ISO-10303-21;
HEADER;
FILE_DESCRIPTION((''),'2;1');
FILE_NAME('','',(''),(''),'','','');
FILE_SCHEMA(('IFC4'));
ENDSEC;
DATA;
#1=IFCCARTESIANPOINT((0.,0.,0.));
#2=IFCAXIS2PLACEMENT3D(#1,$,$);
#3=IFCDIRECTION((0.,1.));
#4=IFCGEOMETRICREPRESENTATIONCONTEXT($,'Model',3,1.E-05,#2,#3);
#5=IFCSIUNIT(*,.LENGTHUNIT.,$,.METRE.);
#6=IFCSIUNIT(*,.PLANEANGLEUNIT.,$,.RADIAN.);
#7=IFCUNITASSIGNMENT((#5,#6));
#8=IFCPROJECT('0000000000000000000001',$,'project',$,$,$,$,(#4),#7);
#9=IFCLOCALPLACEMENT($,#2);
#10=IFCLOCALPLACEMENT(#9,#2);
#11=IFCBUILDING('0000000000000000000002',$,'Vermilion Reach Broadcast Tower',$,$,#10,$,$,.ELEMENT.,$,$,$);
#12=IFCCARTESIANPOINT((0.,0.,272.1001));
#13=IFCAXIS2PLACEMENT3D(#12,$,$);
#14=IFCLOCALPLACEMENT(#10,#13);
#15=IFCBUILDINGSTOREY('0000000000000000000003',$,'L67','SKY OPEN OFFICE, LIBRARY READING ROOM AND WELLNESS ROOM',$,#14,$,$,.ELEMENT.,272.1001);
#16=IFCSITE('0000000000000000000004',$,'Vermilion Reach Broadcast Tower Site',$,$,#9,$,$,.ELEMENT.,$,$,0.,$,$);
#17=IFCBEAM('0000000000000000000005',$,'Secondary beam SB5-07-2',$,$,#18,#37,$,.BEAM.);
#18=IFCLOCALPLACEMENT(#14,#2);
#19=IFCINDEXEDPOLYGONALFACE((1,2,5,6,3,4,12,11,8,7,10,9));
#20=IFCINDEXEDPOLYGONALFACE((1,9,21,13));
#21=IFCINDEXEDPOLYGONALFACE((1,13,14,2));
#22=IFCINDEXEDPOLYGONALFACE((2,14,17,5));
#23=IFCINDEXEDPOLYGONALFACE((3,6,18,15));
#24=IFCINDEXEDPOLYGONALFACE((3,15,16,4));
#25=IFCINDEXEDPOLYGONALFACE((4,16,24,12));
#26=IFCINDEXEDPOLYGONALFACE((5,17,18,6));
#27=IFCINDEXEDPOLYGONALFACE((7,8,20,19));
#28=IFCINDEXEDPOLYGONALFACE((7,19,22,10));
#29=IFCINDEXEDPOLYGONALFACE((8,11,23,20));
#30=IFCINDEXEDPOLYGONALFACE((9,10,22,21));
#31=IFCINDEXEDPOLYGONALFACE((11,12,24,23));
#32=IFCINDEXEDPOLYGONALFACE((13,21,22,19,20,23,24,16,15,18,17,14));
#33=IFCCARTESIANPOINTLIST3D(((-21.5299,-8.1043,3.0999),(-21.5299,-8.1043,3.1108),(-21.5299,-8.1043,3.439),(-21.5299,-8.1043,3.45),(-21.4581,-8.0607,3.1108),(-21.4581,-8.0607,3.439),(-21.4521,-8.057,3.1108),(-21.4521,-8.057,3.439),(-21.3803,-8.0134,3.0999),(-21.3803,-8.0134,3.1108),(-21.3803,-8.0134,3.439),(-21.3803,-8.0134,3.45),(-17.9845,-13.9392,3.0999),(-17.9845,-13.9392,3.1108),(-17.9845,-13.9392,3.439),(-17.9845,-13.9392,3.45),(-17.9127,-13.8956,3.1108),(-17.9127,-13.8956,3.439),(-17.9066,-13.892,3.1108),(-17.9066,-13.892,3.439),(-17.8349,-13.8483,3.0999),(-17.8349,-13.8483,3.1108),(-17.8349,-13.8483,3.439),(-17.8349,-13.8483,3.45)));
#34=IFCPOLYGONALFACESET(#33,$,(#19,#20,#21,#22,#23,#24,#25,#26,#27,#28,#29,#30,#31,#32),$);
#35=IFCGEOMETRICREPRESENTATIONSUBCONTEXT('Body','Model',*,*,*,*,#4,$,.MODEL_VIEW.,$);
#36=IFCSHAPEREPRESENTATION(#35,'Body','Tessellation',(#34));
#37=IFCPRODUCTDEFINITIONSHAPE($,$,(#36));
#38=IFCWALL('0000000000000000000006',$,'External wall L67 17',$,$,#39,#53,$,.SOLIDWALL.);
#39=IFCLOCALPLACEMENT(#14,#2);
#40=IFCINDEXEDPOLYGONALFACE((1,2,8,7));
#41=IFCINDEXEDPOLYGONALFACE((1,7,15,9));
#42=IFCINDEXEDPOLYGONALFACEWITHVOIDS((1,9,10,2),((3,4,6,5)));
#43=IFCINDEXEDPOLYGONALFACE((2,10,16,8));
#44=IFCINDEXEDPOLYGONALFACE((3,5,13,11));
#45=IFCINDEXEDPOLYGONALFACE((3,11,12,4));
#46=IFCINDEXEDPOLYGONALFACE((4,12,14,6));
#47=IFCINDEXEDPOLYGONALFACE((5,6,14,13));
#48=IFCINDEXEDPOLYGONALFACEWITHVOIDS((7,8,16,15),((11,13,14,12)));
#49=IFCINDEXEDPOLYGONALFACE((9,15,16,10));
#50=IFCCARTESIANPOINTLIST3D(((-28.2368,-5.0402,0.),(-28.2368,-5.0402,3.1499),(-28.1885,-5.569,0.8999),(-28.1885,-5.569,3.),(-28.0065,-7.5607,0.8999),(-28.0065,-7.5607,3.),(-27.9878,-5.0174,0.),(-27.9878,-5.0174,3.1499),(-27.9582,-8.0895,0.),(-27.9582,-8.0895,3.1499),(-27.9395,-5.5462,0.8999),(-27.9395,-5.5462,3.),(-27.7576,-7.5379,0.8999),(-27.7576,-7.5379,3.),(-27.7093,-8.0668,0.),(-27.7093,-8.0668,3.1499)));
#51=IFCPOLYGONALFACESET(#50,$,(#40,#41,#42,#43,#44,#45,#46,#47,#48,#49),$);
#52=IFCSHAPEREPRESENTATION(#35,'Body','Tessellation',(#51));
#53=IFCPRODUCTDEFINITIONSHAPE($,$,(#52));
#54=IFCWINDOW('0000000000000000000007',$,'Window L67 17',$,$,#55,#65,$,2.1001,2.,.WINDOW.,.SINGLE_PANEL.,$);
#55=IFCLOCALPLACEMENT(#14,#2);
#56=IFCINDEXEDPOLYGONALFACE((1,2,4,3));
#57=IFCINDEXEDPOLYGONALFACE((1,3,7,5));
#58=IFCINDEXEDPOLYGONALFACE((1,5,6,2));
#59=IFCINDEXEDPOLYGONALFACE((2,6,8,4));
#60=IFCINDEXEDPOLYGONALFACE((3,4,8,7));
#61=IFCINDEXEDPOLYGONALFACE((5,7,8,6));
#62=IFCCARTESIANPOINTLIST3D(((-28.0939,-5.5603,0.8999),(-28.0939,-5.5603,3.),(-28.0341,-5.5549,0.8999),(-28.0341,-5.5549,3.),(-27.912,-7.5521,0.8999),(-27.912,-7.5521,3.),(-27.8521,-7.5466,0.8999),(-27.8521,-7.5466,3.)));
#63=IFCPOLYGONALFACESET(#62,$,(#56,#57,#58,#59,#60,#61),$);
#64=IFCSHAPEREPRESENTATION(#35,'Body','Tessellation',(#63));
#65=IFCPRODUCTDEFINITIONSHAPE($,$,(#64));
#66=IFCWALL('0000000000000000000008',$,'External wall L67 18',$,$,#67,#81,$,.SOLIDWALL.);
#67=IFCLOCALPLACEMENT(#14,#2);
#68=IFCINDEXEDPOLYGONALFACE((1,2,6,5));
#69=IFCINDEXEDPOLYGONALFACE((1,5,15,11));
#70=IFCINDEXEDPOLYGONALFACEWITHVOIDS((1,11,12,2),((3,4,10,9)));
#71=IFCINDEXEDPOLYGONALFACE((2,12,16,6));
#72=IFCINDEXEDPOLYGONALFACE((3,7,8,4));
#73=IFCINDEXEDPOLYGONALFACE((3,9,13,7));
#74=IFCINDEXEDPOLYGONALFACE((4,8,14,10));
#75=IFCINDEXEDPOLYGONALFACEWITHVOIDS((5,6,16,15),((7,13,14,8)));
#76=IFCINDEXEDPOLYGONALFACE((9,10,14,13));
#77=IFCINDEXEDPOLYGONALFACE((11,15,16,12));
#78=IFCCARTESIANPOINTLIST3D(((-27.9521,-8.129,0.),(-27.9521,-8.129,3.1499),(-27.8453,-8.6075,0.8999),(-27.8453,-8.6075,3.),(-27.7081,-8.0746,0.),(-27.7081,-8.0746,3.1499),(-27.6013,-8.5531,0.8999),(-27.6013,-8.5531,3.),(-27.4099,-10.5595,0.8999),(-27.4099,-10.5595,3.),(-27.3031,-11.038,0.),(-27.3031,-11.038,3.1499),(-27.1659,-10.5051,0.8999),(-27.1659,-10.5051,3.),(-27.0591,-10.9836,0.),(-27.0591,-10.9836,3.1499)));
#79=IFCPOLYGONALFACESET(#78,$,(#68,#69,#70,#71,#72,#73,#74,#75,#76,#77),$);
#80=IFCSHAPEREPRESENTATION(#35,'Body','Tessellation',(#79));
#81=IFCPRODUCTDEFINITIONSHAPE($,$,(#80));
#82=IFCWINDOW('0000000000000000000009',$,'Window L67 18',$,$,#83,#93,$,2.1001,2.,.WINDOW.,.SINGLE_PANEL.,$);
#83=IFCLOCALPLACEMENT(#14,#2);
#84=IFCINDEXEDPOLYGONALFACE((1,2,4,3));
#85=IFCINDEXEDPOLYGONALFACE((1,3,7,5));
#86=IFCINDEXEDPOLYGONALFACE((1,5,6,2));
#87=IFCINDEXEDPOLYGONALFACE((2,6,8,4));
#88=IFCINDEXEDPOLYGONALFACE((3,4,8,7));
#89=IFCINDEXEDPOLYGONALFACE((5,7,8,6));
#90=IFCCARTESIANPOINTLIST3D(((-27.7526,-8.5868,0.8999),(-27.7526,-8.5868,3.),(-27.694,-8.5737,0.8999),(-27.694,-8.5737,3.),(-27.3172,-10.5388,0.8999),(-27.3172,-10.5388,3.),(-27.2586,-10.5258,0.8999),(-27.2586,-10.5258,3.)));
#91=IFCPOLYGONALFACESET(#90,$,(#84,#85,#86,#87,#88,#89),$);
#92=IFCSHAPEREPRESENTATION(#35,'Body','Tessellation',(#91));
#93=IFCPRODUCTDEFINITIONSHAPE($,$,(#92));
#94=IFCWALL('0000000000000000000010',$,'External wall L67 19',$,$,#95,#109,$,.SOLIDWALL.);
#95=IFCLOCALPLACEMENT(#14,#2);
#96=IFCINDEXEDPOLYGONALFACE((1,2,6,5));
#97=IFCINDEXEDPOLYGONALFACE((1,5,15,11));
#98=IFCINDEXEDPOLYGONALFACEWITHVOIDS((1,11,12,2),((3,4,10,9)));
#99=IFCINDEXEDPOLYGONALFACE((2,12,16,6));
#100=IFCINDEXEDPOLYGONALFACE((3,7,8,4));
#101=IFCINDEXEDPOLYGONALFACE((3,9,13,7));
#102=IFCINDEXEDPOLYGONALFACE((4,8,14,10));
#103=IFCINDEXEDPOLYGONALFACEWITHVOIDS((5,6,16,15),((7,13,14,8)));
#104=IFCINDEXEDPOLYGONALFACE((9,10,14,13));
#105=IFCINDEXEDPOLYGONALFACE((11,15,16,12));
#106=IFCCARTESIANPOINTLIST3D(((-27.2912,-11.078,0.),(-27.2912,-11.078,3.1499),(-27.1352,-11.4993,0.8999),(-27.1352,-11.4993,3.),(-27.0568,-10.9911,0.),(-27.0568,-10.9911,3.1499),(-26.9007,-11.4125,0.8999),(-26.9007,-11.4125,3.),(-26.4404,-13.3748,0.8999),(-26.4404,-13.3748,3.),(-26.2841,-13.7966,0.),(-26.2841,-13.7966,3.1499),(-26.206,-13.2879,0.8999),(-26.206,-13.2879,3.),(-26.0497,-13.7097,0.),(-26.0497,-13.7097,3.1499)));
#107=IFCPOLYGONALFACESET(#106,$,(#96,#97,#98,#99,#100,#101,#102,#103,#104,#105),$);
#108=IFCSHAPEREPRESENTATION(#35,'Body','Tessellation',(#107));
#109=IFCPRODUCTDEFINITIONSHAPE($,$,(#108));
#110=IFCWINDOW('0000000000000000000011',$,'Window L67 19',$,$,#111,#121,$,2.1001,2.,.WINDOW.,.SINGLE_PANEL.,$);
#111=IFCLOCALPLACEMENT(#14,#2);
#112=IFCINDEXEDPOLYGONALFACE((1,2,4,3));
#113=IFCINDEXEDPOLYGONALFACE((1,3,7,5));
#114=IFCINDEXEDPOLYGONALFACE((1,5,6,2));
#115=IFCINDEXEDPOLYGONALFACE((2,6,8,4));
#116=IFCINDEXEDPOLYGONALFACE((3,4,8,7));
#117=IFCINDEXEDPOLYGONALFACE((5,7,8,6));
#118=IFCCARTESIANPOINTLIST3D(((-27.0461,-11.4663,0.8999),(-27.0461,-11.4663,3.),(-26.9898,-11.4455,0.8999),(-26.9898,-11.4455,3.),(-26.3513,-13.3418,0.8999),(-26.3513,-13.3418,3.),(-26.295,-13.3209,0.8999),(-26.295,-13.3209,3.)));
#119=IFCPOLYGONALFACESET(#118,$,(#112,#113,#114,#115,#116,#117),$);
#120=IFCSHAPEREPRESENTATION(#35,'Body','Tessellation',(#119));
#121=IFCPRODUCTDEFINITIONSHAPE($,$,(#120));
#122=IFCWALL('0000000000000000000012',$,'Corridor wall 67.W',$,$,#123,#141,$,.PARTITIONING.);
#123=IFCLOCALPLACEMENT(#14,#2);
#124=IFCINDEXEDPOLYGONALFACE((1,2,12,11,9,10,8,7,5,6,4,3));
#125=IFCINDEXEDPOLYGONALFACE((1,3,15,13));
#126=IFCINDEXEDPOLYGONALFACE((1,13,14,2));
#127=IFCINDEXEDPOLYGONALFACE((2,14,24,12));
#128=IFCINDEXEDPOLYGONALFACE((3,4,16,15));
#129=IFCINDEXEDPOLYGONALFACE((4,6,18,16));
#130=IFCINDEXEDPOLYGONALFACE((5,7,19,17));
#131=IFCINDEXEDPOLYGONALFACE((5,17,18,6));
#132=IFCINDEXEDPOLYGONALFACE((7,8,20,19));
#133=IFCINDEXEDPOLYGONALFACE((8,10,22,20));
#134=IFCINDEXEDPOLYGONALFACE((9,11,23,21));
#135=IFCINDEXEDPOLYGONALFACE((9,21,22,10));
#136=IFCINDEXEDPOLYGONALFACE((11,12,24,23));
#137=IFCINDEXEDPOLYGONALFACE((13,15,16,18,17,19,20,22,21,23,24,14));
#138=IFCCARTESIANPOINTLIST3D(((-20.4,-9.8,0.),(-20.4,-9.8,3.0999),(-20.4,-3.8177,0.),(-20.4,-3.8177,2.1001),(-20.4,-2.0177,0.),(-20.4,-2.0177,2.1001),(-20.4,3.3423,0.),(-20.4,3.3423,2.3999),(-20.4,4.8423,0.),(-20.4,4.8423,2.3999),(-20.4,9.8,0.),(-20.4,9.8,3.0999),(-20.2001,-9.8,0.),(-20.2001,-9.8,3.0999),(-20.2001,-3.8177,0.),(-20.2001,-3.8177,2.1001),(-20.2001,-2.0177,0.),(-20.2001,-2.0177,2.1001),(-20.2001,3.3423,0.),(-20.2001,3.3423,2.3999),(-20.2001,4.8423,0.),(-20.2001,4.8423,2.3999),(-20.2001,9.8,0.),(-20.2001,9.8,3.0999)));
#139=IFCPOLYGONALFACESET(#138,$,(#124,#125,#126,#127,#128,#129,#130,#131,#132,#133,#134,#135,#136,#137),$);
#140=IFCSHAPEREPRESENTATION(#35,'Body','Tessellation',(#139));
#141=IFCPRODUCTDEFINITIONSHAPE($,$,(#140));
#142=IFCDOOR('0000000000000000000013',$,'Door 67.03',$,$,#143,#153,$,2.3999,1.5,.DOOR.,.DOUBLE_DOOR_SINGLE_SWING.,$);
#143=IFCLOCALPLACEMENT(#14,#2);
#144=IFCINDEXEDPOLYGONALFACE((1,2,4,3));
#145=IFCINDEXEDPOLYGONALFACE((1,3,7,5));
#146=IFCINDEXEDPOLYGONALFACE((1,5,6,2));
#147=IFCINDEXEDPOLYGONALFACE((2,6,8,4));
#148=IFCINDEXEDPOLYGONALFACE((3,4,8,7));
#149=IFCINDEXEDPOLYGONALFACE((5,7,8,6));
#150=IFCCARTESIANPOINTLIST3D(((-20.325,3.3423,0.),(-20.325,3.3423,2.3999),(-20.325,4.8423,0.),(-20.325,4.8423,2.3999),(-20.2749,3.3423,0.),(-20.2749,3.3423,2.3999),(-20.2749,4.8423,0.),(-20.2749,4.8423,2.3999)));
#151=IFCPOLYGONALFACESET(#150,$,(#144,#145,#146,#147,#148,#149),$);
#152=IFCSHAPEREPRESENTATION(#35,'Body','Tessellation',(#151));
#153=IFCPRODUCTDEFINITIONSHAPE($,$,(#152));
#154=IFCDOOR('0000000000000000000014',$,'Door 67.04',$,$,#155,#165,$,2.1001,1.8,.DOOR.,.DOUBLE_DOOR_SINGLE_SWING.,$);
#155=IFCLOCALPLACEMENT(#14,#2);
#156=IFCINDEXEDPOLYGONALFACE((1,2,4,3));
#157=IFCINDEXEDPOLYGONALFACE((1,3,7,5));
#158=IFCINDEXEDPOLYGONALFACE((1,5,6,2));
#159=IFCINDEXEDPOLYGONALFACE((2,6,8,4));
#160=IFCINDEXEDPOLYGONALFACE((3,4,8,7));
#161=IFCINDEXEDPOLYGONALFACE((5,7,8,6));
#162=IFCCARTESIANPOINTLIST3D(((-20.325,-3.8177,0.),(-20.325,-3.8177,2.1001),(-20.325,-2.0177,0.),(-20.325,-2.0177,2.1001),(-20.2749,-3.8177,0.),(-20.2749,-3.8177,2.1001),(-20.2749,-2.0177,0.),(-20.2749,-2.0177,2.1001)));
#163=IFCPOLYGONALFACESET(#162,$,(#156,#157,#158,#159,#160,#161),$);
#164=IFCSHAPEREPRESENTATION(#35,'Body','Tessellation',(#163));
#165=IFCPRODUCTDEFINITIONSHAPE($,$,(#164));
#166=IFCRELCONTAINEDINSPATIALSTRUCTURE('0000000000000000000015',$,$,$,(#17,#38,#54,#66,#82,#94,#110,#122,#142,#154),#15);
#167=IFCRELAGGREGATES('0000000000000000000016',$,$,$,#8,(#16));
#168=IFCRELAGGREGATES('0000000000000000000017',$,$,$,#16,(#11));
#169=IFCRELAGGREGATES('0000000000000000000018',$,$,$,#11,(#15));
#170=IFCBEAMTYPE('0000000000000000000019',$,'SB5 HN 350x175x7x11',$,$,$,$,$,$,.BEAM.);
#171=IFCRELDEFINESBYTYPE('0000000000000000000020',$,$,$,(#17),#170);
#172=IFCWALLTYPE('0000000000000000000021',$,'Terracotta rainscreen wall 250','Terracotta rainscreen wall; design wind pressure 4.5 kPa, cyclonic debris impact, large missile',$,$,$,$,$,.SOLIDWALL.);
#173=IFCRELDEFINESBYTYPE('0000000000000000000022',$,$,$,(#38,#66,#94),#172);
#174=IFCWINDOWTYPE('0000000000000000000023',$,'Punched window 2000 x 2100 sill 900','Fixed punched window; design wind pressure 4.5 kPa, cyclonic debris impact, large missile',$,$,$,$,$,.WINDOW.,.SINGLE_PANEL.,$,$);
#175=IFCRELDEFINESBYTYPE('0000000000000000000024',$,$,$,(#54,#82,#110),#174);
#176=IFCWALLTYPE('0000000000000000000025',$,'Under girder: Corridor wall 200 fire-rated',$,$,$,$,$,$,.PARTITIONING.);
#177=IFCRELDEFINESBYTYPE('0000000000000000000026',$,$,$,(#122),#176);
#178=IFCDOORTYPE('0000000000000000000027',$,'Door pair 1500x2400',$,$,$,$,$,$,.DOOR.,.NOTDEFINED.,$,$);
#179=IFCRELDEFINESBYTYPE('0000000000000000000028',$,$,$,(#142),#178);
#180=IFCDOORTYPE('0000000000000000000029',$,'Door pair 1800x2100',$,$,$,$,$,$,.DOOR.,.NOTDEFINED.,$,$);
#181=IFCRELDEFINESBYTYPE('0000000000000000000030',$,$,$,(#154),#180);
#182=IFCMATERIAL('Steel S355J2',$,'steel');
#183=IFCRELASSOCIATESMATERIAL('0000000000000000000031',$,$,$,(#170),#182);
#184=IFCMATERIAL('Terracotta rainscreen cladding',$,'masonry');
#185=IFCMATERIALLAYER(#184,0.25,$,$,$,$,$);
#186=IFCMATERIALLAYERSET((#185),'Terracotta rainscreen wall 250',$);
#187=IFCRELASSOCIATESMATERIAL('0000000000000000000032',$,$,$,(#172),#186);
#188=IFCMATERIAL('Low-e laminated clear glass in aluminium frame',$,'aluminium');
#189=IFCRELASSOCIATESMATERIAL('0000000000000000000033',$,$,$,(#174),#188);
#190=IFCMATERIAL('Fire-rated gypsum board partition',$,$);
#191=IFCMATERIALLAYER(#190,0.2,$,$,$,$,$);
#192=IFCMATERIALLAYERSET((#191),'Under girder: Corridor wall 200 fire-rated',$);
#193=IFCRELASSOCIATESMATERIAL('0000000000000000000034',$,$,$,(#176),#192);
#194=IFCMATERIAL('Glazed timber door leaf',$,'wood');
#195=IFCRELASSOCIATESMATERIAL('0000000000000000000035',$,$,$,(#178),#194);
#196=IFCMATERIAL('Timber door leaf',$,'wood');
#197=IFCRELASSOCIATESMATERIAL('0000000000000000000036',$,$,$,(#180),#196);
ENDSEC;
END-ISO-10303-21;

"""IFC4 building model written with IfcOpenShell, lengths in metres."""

from ifc_helpers import new_model, si_unit, direction, frame, frame_2d, origin, origin_2d, place, context, subcontext, project, spatial, rectangle, i_section, extrude, material, layer, layer_set, material_profile, profile_set, type_object, element, fill, save


model = new_model("IFC4")

# Units and contexts
model_context = context("Model", 3, precision=1e-05, world=origin(), true_north=direction((0.0, 1.0)))
body_context = subcontext(model_context, "Body", "Model", "MODEL_VIEW")
ifc_project = project(units=[si_unit("LENGTHUNIT", "METRE"), si_unit("PLANEANGLEUNIT", "RADIAN")], contexts=[model_context])

# Site, building, storey
site_placement = place(None, origin())
site = spatial("IfcSite", under=ifc_project, at=site_placement, Name="Vermilion Reach Broadcast Tower Site", CompositionType="ELEMENT", RefElevation=0.0)
building_placement = place(site_placement, origin())
building = spatial("IfcBuilding", under=site, at=building_placement, Name="Vermilion Reach Broadcast Tower", CompositionType="ELEMENT")
storey_placement = place(building_placement, frame((0.0, 0.0, 272.1001)))
storey = spatial("IfcBuildingStorey", under=building, at=storey_placement, Name="L67", Description="SKY OPEN OFFICE, LIBRARY READING ROOM AND WELLNESS ROOM", CompositionType="ELEMENT", Elevation=272.1001)

# Beam
ifc_material_1 = material(Name="Steel S355J2", Category="steel")
ifc_material_profile_1 = material_profile(ifc_material_1, i_section(OverallWidth=0.175, OverallDepth=0.3501, WebThickness=0.0071, FlangeThickness=0.011, at=origin_2d()), Name="S355J2 HN 350x175x7x11")
ifc_profile_set_1 = profile_set([ifc_material_profile_1], Name="Steel S355J2")
beam_type_1 = type_object("IfcBeamType", Name="SB5 HN 350x175x7x11", PredefinedType="BEAM", material=ifc_profile_set_1)
beam_1_placement = place(storey_placement, frame((-21.4551, -8.0588, 3.2749), z_axis=(0.519273, -0.854608, 0.0), x_axis=(0.854608, 0.519273, 0.0)))
element("IfcBeam", 1, at=beam_1_placement, inside=storey, type_object=beam_type_1, Name="Secondary beam SB5-07-2", PredefinedType="BEAM", context=body_context, shape_type="SweptSolid", body=[
    extrude(i_section(OverallWidth=0.175, OverallDepth=0.3501, WebThickness=0.0071, FlangeThickness=0.011, at=origin_2d()), origin(), (0.0, 0.0, 1.0), 6.8276),
])

# Shared definitions
ifc_material_2 = material(Name="Terracotta rainscreen cladding", Category="masonry")
ifc_layer_1 = layer(ifc_material_2, 0.25)
ifc_layer_set_1 = layer_set([ifc_layer_1], Name="Terracotta rainscreen wall 250")
wall_type_1 = type_object("IfcWallType", Name="Terracotta rainscreen wall 250", Description="Terracotta rainscreen wall; design wind pressure 4.5 kPa, cyclonic debris impact, large missile", PredefinedType="SOLIDWALL", material=ifc_layer_set_1)

# Walls, openings, windows
wall_1_placement = place(storey_placement, frame((-28.1123, -5.0288, 0.0), z_axis=(0.0, 0.0, 1.0), x_axis=(0.090974, -0.995853, 0.0)))
wall_1 = element("IfcWall", 2, at=wall_1_placement, inside=storey, type_object=wall_type_1, Name="External wall L67 17", PredefinedType="SOLIDWALL", context=body_context, shape_type="SweptSolid", body=[
    extrude(rectangle(XDim=3.062, YDim=0.25, at=frame_2d((1.531, 0.0))), origin(), (0.0, 0.0, 1.0), 3.1499),
])
opening_1_placement = place(wall_1_placement, frame((0.531, 0.0, 0.8999)))
opening_1 = element("IfcOpeningElement", 3, at=opening_1_placement, cuts=wall_1, PredefinedType="OPENING", context=body_context, shape_type="SweptSolid", body=[
    extrude(rectangle(XDim=2.0, YDim=2.1001, at=frame_2d((1.0, 1.05))), frame((0.0, 0.135, 0.0), z_axis=(0.0, -1.0, 0.0), x_axis=(1.0, 0.0, 0.0)), (0.0, 0.0, 1.0), 0.27),
])
ifc_material_3 = material(Name="Low-e laminated clear glass in aluminium frame", Category="aluminium")
window_type = type_object("IfcWindowType", Name="Punched window 2000 x 2100 sill 900", Description="Fixed punched window; design wind pressure 4.5 kPa, cyclonic debris impact, large missile", PartitioningType="SINGLE_PANEL", PredefinedType="WINDOW", material=ifc_material_3)
window_1_placement = place(opening_1_placement, origin())
window_1 = element("IfcWindow", 4, at=window_1_placement, inside=storey, type_object=window_type, Name="Window L67 17", OverallHeight=2.1001, OverallWidth=2.0, PartitioningType="SINGLE_PANEL", PredefinedType="WINDOW", context=body_context, shape_type="SweptSolid", body=[
    extrude(rectangle(XDim=2.0, YDim=2.1001, at=frame_2d((1.0, 1.05))), frame((0.0, 0.03, 0.0), z_axis=(0.0, -1.0, 0.0), x_axis=(1.0, 0.0, 0.0)), (0.0, 0.0, 1.0), 0.0601),
])
fill(opening_1, window_1)
wall_2_placement = place(storey_placement, frame((-27.8301, -8.1018, 0.0), z_axis=(0.0, 0.0, 1.0), x_axis=(0.217728, -0.976009, 0.0)))
wall_2 = element("IfcWall", 5, at=wall_2_placement, inside=storey, type_object=wall_type_1, Name="External wall L67 18", PredefinedType="SOLIDWALL", context=body_context, shape_type="SweptSolid", body=[
    extrude(rectangle(XDim=2.9805, YDim=0.25, at=frame_2d((1.4902, 0.0))), origin(), (0.0, 0.0, 1.0), 3.1499),
])
opening_2_placement = place(wall_2_placement, frame((0.4902, 0.0, 0.8999)))
opening_2 = element("IfcOpeningElement", 6, at=opening_2_placement, cuts=wall_2, PredefinedType="OPENING", context=body_context, shape_type="SweptSolid", body=[
    extrude(rectangle(XDim=2.0, YDim=2.1001, at=frame_2d((1.0, 1.05))), frame((0.0, 0.135, 0.0), z_axis=(0.0, -1.0, 0.0), x_axis=(1.0, 0.0, 0.0)), (0.0, 0.0, 1.0), 0.27),
])
window_2_placement = place(opening_2_placement, origin())
window_2 = element("IfcWindow", 7, at=window_2_placement, inside=storey, type_object=window_type, Name="Window L67 18", OverallHeight=2.1001, OverallWidth=2.0, PartitioningType="SINGLE_PANEL", PredefinedType="WINDOW", context=body_context, shape_type="SweptSolid", body=[
    extrude(rectangle(XDim=2.0, YDim=2.1001, at=frame_2d((1.0, 1.05))), frame((0.0, 0.03, 0.0), z_axis=(0.0, -1.0, 0.0), x_axis=(1.0, 0.0, 0.0)), (0.0, 0.0, 1.0), 0.0601),
])
fill(opening_2, window_2)
wall_3_placement = place(storey_placement, frame((-27.1741, -11.0344, 0.0), z_axis=(0.0, 0.0, 1.0), x_axis=(0.347383, -0.937723, 0.0)))
wall_3 = element("IfcWall", 8, at=wall_3_placement, inside=storey, type_object=wall_type_1, Name="External wall L67 19", PredefinedType="SOLIDWALL", context=body_context, shape_type="SweptSolid", body=[
    extrude(rectangle(XDim=2.8992, YDim=0.25, at=frame_2d((1.4497, 0.0))), origin(), (0.0, 0.0, 1.0), 3.1499),
])
opening_3_placement = place(wall_3_placement, frame((0.4495, 0.0, 0.8999)))
opening_3 = element("IfcOpeningElement", 9, at=opening_3_placement, cuts=wall_3, PredefinedType="OPENING", context=body_context, shape_type="SweptSolid", body=[
    extrude(rectangle(XDim=2.0, YDim=2.1001, at=frame_2d((1.0, 1.05))), frame((0.0, 0.135, 0.0), z_axis=(0.0, -1.0, 0.0), x_axis=(1.0, 0.0, 0.0)), (0.0, 0.0, 1.0), 0.27),
])
window_3_placement = place(opening_3_placement, origin())
window_3 = element("IfcWindow", 10, at=window_3_placement, inside=storey, type_object=window_type, Name="Window L67 19", OverallHeight=2.1001, OverallWidth=2.0, PartitioningType="SINGLE_PANEL", PredefinedType="WINDOW", context=body_context, shape_type="SweptSolid", body=[
    extrude(rectangle(XDim=2.0, YDim=2.1001, at=frame_2d((1.0, 1.05))), frame((0.0, 0.03, 0.0), z_axis=(0.0, -1.0, 0.0), x_axis=(1.0, 0.0, 0.0)), (0.0, 0.0, 1.0), 0.0601),
])
fill(opening_3, window_3)

# Wall, openings, doors
ifc_material_4 = material(Name="Fire-rated gypsum board partition")
ifc_layer_2 = layer(ifc_material_4, 0.2)
ifc_layer_set_2 = layer_set([ifc_layer_2], Name="Under girder: Corridor wall 200 fire-rated")
wall_type_2 = type_object("IfcWallType", Name="Under girder: Corridor wall 200 fire-rated", PredefinedType="PARTITIONING", material=ifc_layer_set_2)
wall_4_placement = place(storey_placement, frame((-20.3, -9.8, 0.0), z_axis=(0.0, 0.0, 1.0), x_axis=(0.0, 1.0, 0.0)))
wall_4 = element("IfcWall", 11, at=wall_4_placement, inside=storey, type_object=wall_type_2, Name="Corridor wall 67.W", PredefinedType="PARTITIONING", context=body_context, shape_type="SweptSolid", body=[
    extrude(rectangle(XDim=19.6001, YDim=0.2, at=frame_2d((9.8, 0.0))), origin(), (0.0, 0.0, 1.0), 3.0999),
])
opening_4_placement = place(wall_4_placement, frame((13.1423, 0.0, 0.0)))
opening_4 = element("IfcOpeningElement", 12, at=opening_4_placement, cuts=wall_4, PredefinedType="OPENING", context=body_context, shape_type="SweptSolid", body=[
    extrude(rectangle(XDim=1.5, YDim=2.3999, at=frame_2d((0.75, 1.2))), frame((0.0, 0.1099, 0.0), z_axis=(0.0, -1.0, 0.0), x_axis=(1.0, 0.0, 0.0)), (0.0, 0.0, 1.0), 0.22),
])
opening_5_placement = place(wall_4_placement, frame((5.9824, 0.0, 0.0)))
opening_5 = element("IfcOpeningElement", 13, at=opening_5_placement, cuts=wall_4, PredefinedType="OPENING", context=body_context, shape_type="SweptSolid", body=[
    extrude(rectangle(XDim=1.8, YDim=2.1001, at=frame_2d((0.8999, 1.05))), frame((0.0, 0.1099, 0.0), z_axis=(0.0, -1.0, 0.0), x_axis=(1.0, 0.0, 0.0)), (0.0, 0.0, 1.0), 0.22),
])
ifc_material_5 = material(Name="Glazed timber door leaf", Category="wood")
door_type_1 = type_object("IfcDoorType", Name="Door pair 1500x2400", OperationType="NOTDEFINED", PredefinedType="DOOR", material=ifc_material_5)
door_1_placement = place(opening_4_placement, origin())
door_1 = element("IfcDoor", 14, at=door_1_placement, inside=storey, type_object=door_type_1, Name="Door 67.03", OperationType="DOUBLE_DOOR_SINGLE_SWING", OverallHeight=2.3999, OverallWidth=1.5, PredefinedType="DOOR", context=body_context, shape_type="SweptSolid", body=[
    extrude(rectangle(XDim=1.5, YDim=2.3999, at=frame_2d((0.75, 1.2))), frame((0.0, 0.0249, 0.0), z_axis=(0.0, -1.0, 0.0), x_axis=(1.0, 0.0, 0.0)), (0.0, 0.0, 1.0), 0.05),
])
fill(opening_4, door_1)
ifc_material_6 = material(Name="Timber door leaf", Category="wood")
door_type_2 = type_object("IfcDoorType", Name="Door pair 1800x2100", OperationType="NOTDEFINED", PredefinedType="DOOR", material=ifc_material_6)
door_2_placement = place(opening_5_placement, origin())
door_2 = element("IfcDoor", 15, at=door_2_placement, inside=storey, type_object=door_type_2, Name="Door 67.04", OperationType="DOUBLE_DOOR_SINGLE_SWING", OverallHeight=2.1001, OverallWidth=1.8, PredefinedType="DOOR", context=body_context, shape_type="SweptSolid", body=[
    extrude(rectangle(XDim=1.8, YDim=2.1001, at=frame_2d((0.8999, 1.05))), frame((0.0, 0.0249, 0.0), z_axis=(0.0, -1.0, 0.0), x_axis=(1.0, 0.0, 0.0)), (0.0, 0.0, 1.0), 0.05),
])
fill(opening_5, door_2)

save(model, "model.ifc")
